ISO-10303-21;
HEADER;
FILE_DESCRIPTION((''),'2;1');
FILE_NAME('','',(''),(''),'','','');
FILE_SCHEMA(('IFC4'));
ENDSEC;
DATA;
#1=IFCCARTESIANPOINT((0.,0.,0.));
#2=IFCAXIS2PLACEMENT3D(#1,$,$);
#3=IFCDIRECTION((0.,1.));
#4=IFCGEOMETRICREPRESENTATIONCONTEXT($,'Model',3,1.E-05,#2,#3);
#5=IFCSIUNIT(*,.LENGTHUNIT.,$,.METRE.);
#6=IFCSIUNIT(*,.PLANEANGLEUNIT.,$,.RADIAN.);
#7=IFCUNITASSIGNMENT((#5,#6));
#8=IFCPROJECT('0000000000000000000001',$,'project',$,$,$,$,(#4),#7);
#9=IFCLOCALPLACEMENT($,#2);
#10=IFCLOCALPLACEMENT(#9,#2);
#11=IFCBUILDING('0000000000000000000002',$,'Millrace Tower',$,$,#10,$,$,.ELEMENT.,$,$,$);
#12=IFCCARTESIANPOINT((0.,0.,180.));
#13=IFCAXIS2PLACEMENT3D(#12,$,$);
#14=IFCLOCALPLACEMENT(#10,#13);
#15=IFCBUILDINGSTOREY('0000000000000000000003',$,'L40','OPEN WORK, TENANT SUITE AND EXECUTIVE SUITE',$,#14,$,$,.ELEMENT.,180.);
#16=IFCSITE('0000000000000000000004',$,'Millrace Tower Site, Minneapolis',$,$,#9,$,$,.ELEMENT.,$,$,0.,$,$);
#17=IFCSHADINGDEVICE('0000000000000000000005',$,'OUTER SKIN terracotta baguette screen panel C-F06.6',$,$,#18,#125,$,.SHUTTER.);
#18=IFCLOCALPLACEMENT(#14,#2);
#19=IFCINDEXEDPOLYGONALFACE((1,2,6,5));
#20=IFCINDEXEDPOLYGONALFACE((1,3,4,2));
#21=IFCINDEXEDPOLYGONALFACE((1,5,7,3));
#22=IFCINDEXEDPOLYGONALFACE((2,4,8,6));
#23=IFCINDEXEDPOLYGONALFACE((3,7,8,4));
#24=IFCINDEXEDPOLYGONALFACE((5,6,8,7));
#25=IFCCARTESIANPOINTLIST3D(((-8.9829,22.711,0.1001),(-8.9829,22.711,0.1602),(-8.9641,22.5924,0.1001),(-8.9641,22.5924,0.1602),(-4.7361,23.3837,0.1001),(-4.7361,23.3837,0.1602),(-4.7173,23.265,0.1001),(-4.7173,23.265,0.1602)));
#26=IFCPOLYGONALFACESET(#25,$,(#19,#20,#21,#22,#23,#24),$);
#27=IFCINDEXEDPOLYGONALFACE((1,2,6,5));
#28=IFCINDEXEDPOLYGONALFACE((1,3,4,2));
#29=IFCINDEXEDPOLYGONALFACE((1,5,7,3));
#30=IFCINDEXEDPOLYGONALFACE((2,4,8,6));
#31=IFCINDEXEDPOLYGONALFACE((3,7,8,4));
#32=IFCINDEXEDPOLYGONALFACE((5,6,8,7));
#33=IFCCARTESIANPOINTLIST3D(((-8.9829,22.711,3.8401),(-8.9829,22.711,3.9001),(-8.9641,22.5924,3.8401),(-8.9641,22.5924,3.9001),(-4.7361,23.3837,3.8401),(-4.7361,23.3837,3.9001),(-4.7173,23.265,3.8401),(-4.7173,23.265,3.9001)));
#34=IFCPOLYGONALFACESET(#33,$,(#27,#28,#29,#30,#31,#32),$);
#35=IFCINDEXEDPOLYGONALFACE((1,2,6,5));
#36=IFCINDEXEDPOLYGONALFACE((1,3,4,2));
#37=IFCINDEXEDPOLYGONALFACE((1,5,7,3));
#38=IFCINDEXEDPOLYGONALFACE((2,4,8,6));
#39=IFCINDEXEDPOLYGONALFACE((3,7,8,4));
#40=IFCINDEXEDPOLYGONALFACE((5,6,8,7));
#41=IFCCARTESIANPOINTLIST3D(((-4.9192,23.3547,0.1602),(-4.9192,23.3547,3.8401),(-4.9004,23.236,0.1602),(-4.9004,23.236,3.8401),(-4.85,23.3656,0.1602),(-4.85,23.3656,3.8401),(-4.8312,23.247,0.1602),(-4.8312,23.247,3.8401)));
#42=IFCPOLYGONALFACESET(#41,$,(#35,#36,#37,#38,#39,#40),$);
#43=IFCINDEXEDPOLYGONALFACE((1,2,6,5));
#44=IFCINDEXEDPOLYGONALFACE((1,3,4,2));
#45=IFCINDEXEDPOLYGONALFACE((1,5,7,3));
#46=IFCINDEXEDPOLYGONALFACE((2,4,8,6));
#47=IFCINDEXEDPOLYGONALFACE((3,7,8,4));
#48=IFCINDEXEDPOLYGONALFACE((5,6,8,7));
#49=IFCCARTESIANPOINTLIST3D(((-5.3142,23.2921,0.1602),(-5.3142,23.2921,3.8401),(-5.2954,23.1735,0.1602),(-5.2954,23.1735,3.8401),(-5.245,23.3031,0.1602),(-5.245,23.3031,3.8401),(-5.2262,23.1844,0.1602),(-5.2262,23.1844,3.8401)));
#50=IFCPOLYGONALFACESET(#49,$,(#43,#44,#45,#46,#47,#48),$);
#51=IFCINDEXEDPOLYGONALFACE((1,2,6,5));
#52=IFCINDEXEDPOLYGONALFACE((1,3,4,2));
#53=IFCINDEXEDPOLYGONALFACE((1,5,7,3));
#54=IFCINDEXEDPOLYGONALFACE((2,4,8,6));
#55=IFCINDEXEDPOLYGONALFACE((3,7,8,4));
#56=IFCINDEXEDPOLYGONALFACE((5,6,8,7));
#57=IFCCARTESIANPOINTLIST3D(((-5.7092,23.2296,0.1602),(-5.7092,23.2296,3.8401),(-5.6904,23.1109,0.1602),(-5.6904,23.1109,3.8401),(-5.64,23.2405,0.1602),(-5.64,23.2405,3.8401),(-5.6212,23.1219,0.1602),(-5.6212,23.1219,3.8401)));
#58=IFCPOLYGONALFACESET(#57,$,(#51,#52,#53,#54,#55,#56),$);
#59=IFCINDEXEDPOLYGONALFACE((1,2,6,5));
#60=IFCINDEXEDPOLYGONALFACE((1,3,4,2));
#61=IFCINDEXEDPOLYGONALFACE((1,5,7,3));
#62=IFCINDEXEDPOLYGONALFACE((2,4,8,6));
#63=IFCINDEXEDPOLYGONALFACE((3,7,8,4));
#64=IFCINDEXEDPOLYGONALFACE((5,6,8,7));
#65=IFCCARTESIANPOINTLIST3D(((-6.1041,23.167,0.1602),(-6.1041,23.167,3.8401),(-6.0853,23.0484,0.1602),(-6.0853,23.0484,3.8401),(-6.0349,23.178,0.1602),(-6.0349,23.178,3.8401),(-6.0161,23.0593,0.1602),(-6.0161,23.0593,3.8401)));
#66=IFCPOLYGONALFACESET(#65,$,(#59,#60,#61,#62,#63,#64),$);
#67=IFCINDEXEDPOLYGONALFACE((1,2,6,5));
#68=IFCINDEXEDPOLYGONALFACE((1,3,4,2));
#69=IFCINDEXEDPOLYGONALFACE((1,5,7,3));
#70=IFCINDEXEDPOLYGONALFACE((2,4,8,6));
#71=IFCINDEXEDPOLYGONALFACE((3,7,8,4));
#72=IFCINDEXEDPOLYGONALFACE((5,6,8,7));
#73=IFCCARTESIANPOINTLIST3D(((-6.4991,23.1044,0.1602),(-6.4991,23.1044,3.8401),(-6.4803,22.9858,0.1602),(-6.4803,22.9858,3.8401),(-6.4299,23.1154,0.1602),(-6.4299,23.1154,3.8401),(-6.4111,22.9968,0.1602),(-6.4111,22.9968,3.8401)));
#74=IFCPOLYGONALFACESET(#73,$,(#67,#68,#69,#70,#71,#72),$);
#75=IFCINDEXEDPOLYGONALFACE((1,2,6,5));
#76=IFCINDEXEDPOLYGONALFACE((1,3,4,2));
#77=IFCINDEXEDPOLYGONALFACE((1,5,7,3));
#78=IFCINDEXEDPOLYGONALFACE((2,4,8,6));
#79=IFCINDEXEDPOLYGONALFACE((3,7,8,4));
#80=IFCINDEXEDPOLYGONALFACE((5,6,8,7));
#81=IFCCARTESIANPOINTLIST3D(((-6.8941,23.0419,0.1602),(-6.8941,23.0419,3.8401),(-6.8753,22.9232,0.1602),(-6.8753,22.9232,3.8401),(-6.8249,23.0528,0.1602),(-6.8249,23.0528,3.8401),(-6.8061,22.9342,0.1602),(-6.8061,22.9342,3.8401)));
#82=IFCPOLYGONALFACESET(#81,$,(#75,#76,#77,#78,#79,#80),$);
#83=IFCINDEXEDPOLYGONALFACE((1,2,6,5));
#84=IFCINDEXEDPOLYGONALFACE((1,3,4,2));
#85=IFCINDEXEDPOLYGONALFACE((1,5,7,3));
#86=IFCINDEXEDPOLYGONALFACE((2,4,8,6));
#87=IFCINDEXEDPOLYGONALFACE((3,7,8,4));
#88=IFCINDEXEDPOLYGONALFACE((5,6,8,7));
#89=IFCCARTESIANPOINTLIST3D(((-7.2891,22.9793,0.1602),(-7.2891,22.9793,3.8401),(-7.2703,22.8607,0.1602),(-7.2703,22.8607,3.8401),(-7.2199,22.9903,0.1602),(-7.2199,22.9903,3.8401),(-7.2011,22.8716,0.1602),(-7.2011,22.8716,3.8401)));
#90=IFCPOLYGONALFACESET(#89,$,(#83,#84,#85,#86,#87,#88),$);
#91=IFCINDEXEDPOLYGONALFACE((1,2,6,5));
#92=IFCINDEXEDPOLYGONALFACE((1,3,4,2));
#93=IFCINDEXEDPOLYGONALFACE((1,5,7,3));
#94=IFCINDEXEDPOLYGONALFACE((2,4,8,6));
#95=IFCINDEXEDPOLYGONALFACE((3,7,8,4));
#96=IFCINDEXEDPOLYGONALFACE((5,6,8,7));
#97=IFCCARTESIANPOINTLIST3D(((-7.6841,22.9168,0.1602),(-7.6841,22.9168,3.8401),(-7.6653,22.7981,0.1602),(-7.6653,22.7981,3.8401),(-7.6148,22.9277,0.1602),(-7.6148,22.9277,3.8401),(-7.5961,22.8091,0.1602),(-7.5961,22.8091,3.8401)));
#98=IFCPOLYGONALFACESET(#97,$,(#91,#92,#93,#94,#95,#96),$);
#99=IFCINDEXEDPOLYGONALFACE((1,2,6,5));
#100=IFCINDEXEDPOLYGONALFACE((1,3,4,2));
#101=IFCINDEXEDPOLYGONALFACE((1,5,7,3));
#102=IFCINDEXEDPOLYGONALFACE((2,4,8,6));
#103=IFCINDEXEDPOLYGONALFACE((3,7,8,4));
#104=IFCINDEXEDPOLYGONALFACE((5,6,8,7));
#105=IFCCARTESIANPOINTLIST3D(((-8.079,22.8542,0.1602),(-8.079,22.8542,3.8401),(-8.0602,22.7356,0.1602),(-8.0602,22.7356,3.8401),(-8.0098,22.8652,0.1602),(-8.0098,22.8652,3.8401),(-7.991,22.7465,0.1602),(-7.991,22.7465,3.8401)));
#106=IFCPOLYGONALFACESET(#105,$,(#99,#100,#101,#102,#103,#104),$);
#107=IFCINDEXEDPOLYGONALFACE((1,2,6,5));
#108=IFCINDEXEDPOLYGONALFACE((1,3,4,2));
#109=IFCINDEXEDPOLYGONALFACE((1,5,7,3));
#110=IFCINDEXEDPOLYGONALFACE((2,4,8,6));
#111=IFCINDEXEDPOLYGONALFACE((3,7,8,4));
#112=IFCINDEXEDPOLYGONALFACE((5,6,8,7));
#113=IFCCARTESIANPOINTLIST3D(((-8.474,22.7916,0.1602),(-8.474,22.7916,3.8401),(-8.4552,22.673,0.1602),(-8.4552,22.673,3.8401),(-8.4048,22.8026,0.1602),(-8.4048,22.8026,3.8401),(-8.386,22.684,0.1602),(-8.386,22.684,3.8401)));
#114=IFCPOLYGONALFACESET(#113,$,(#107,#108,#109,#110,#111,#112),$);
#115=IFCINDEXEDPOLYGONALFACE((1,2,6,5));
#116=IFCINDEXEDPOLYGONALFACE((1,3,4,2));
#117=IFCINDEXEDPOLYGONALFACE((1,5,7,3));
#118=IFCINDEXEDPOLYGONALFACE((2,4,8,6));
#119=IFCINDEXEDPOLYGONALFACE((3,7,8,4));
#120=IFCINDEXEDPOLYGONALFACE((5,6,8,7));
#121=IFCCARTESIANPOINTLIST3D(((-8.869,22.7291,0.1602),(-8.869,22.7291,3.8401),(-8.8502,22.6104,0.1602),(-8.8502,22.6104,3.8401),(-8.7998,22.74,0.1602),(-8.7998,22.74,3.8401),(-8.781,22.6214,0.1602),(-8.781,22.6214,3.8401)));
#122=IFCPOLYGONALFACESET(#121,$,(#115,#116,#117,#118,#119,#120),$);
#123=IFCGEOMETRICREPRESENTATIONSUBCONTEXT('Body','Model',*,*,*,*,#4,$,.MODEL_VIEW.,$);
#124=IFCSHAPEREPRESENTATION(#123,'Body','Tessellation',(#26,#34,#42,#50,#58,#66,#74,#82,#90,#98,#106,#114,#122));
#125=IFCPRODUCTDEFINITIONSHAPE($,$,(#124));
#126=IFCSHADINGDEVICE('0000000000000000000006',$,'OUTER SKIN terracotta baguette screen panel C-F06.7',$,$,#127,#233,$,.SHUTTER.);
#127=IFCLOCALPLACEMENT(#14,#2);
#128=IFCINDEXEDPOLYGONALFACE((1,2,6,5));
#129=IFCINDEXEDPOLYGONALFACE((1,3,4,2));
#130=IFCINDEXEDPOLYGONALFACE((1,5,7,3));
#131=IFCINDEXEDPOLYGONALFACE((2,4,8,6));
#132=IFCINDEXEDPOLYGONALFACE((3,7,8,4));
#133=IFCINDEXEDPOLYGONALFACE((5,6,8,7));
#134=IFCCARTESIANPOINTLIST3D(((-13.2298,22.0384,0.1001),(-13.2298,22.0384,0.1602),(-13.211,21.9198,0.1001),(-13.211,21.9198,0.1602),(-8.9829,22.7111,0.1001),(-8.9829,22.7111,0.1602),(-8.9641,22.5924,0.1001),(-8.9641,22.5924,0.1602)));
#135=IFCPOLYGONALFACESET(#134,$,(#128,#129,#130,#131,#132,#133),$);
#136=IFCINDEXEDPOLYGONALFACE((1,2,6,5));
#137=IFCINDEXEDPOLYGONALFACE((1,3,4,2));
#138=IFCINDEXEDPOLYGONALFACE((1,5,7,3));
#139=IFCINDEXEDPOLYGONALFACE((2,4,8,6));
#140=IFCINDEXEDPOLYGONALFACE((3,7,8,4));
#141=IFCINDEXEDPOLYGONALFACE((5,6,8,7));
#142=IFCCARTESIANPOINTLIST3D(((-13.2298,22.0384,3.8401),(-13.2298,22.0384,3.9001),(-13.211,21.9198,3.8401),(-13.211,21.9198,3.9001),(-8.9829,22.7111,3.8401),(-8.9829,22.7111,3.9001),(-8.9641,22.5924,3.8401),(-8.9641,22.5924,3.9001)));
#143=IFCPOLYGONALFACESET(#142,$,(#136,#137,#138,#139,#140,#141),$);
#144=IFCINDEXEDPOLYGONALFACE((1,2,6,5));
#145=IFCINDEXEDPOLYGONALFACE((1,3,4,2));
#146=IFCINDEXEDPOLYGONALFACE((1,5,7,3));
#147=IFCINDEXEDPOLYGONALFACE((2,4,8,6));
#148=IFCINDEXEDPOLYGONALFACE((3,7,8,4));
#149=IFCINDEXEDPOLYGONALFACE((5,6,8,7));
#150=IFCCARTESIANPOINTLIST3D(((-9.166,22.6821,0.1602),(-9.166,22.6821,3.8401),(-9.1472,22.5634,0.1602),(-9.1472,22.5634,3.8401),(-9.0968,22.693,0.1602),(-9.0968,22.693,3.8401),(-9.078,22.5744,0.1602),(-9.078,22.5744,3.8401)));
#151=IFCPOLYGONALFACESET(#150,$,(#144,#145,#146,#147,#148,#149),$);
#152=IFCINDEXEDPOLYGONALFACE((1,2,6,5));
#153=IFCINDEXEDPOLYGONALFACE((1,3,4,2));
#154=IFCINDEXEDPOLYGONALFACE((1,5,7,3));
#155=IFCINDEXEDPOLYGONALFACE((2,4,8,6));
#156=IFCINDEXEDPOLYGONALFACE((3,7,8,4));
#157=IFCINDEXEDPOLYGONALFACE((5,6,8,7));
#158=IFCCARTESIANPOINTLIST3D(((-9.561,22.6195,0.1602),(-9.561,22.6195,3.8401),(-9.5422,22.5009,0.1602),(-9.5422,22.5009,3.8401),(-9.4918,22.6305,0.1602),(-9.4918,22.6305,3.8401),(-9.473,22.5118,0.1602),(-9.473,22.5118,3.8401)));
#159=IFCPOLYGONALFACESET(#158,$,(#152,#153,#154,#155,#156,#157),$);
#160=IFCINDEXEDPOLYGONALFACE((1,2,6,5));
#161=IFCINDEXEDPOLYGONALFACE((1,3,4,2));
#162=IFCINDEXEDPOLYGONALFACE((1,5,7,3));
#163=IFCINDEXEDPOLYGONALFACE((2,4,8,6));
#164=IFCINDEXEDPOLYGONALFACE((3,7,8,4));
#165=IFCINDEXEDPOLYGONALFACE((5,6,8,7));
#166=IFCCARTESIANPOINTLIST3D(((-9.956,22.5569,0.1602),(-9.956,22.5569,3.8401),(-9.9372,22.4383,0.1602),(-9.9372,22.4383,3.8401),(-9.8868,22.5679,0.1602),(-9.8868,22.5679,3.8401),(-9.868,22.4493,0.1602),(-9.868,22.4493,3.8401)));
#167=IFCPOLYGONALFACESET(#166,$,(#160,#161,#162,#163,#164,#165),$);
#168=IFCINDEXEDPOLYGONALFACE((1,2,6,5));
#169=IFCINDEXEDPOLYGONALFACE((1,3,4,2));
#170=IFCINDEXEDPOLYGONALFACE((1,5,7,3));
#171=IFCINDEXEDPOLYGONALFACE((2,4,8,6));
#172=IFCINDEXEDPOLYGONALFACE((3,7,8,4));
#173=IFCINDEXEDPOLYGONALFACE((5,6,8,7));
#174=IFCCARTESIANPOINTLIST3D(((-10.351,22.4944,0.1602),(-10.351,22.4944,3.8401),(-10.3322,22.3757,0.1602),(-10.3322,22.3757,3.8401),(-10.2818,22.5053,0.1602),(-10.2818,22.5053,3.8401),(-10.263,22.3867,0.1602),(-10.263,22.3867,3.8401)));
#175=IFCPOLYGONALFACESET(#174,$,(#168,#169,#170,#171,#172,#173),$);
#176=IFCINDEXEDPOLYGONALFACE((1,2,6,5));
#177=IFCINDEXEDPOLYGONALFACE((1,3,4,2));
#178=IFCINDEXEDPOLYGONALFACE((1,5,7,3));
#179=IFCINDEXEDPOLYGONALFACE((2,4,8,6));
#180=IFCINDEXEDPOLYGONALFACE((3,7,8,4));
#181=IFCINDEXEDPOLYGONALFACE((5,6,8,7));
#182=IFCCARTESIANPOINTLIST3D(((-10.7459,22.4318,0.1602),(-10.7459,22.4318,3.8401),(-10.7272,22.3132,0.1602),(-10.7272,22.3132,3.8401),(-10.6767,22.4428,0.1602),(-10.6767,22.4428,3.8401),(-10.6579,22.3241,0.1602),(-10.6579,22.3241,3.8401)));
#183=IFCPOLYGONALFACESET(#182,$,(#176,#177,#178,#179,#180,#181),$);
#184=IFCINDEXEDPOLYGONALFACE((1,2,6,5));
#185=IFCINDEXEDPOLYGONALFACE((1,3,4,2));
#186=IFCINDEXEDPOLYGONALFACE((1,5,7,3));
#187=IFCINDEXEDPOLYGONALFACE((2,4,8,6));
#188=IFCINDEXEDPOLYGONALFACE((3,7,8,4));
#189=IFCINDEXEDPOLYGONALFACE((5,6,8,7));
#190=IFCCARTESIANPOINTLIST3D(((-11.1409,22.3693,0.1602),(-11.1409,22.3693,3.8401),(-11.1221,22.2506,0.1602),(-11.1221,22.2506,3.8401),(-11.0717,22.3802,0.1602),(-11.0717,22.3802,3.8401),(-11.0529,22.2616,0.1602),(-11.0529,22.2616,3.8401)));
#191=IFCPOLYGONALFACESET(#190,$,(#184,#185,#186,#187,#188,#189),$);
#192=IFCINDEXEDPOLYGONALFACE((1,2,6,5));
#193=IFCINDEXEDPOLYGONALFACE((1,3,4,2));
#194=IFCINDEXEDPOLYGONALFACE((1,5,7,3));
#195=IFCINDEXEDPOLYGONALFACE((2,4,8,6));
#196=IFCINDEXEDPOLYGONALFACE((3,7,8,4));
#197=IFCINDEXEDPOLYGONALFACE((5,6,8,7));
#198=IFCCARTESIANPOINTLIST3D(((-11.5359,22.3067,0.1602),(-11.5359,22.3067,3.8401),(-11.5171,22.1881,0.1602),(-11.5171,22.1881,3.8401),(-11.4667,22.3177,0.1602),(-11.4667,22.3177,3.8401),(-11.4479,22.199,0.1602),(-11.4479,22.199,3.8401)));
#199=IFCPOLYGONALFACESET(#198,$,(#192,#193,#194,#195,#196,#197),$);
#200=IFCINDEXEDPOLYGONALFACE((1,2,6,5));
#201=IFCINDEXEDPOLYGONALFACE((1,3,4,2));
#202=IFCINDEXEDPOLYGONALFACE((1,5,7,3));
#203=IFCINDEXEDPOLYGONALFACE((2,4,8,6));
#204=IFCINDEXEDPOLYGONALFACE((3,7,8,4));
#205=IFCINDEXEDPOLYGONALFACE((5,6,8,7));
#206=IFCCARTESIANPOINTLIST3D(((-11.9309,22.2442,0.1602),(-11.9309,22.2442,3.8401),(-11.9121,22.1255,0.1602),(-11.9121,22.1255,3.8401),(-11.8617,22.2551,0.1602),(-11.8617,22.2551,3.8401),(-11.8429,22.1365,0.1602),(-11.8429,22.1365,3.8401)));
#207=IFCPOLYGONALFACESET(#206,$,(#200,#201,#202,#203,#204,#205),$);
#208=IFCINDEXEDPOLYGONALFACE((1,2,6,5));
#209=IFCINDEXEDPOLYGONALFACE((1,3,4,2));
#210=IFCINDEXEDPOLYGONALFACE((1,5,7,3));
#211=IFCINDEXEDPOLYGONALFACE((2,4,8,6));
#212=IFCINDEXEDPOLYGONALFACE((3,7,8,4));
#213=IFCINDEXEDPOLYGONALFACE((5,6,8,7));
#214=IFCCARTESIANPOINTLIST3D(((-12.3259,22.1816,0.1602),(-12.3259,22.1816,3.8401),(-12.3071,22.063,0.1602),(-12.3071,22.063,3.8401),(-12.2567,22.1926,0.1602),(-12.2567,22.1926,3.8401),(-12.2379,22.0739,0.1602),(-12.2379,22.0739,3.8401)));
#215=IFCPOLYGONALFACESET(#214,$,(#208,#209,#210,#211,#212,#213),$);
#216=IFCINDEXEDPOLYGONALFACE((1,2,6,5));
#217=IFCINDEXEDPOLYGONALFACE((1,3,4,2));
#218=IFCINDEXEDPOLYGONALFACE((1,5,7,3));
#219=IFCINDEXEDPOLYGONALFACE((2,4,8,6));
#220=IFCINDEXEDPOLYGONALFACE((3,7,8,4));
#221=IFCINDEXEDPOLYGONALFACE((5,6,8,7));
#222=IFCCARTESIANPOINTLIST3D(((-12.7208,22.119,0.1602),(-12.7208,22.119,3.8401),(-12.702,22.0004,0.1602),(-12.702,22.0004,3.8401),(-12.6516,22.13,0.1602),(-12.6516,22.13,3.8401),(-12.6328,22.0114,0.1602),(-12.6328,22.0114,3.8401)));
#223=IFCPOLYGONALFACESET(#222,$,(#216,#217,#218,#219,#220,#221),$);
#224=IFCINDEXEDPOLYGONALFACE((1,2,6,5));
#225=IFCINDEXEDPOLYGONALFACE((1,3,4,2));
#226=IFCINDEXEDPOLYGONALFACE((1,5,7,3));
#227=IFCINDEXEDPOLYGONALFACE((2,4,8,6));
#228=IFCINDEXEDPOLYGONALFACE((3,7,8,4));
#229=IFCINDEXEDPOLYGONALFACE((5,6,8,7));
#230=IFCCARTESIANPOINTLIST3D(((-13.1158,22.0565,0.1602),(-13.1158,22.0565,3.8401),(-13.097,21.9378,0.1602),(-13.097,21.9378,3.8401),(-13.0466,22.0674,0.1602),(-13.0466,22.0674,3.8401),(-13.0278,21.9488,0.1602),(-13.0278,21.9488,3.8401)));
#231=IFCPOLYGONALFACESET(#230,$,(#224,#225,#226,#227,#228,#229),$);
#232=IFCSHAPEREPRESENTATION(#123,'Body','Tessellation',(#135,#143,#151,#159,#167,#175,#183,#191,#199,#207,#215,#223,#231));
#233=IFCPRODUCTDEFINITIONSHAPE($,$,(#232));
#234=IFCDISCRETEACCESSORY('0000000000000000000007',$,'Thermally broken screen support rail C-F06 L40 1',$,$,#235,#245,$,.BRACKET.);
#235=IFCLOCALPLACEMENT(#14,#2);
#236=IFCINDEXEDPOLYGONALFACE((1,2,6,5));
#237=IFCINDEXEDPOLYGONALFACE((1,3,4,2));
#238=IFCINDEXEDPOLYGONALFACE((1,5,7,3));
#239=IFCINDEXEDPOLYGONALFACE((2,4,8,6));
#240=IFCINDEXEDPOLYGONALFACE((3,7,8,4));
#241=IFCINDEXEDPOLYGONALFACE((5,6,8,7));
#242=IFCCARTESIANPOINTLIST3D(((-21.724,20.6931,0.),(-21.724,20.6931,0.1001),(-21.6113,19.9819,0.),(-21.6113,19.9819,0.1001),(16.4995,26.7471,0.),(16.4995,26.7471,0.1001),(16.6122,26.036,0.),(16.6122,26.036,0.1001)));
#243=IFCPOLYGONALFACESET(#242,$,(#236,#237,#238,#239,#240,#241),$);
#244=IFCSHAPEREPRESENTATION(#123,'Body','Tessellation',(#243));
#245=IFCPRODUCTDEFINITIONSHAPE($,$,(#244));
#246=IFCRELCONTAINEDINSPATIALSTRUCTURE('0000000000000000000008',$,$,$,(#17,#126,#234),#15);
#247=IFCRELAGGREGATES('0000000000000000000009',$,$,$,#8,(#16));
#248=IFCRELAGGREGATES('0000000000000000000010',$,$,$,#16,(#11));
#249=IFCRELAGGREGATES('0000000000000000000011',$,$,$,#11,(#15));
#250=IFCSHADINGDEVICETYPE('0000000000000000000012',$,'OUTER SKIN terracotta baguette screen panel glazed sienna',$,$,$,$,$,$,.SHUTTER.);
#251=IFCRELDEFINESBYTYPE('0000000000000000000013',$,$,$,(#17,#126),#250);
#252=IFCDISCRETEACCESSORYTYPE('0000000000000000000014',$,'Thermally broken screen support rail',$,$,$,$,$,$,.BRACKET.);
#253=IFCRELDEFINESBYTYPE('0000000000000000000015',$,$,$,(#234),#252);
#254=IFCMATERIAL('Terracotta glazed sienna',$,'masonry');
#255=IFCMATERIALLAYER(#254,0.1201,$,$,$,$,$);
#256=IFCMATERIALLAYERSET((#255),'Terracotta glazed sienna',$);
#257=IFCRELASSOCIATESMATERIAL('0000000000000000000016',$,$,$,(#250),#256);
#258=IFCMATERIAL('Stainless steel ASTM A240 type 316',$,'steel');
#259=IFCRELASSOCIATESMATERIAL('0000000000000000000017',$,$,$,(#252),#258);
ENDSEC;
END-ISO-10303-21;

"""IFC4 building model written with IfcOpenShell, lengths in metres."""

from ifc_helpers import new_model, entity, si_unit, direction, frame, frame_2d, origin, origin_2d, place, context, subcontext, project, spatial, rectangle, extrude, source, transform, mapped, material, layer, layer_set, type_object, element, save


model = new_model("IFC4")

# Units and contexts
model_context = context("Model", 3, precision=1e-05, world=origin(), true_north=direction((0.0, 1.0)))
body_context = subcontext(model_context, "Body", "Model", "MODEL_VIEW")
ifc_project = project(units=[si_unit("LENGTHUNIT", "METRE"), si_unit("PLANEANGLEUNIT", "RADIAN")], contexts=[model_context])

# Site, building, storey
site_placement = place(None, origin())
site = spatial("IfcSite", under=ifc_project, at=site_placement, Name="Millrace Tower Site, Minneapolis", CompositionType="ELEMENT", RefElevation=0.0)
building_placement = place(site_placement, origin())
building = spatial("IfcBuilding", under=site, at=building_placement, Name="Millrace Tower", CompositionType="ELEMENT")
storey_placement = place(building_placement, frame((0.0, 0.0, 180.0)))
storey = spatial("IfcBuildingStorey", under=building, at=storey_placement, Name="L40", Description="OPEN WORK, TENANT SUITE AND EXECUTIVE SUITE", CompositionType="ELEMENT", Elevation=180.0)

# Shading devices
ifc_material_1 = material(Name="Terracotta glazed sienna", Category="masonry")
ifc_layer_1 = layer(ifc_material_1, 0.1201)
ifc_layer_set_1 = layer_set([ifc_layer_1], Name="Terracotta glazed sienna")
shading_device_type = type_object("IfcShadingDeviceType", Name="OUTER SKIN terracotta baguette screen panel glazed sienna", PredefinedType="SHUTTER", material=ifc_layer_set_1)
cartesian_point = entity("IfcCartesianPoint", [-2.1499, 0.0601])
shared_polyline = entity("IfcPolyline", [cartesian_point, entity("IfcCartesianPoint", [2.1499, 0.0601]), entity("IfcCartesianPoint", [2.1499, -0.0601]), entity("IfcCartesianPoint", [-2.1499, -0.0601]), cartesian_point])
shared_shape = source(origin(), body_context, "Body", "SweptSolid", [
    entity("IfcExtrudedAreaSolid", entity("IfcArbitraryClosedProfileDef", "AREA", None, shared_polyline), entity("IfcAxis2Placement3D", entity("IfcCartesianPoint", [0.0, 0.0, 0.0])), entity("IfcDirection", [0.0, 0.0, 1.0]), 0.0601),
    entity("IfcExtrudedAreaSolid", entity("IfcArbitraryClosedProfileDef", "AREA", None, shared_polyline), entity("IfcAxis2Placement3D", entity("IfcCartesianPoint", [0.0, 0.0, 3.74])), entity("IfcDirection", [0.0, 0.0, 1.0]), 0.0601),
    extrude(rectangle(XDim=0.0701, YDim=0.1201, at=frame_2d((-1.9995, 0.0))), frame((0.0, 0.0, 0.0601)), (0.0, 0.0, 1.0), 3.6799),
    extrude(rectangle(XDim=0.0701, YDim=0.1201, at=frame_2d((-1.5996, 0.0))), frame((0.0, 0.0, 0.0601)), (0.0, 0.0, 1.0), 3.6799),
    extrude(rectangle(XDim=0.0701, YDim=0.1201, at=frame_2d((-1.1997, 0.0))), frame((0.0, 0.0, 0.0601)), (0.0, 0.0, 1.0), 3.6799),
    extrude(rectangle(XDim=0.0701, YDim=0.1201, at=frame_2d((-0.7998, 0.0))), frame((0.0, 0.0, 0.0601)), (0.0, 0.0, 1.0), 3.6799),
    extrude(rectangle(XDim=0.0701, YDim=0.1201, at=frame_2d((-0.3999, 0.0))), frame((0.0, 0.0, 0.0601)), (0.0, 0.0, 1.0), 3.6799),
    extrude(rectangle(XDim=0.0701, YDim=0.1201, at=origin_2d()), frame((0.0, 0.0, 0.0601)), (0.0, 0.0, 1.0), 3.6799),
    extrude(rectangle(XDim=0.0701, YDim=0.1201, at=frame_2d((0.3999, 0.0))), frame((0.0, 0.0, 0.0601)), (0.0, 0.0, 1.0), 3.6799),
    extrude(rectangle(XDim=0.0701, YDim=0.1201, at=frame_2d((0.7998, 0.0))), frame((0.0, 0.0, 0.0601)), (0.0, 0.0, 1.0), 3.6799),
    extrude(rectangle(XDim=0.0701, YDim=0.1201, at=frame_2d((1.1997, 0.0))), frame((0.0, 0.0, 0.0601)), (0.0, 0.0, 1.0), 3.6799),
    extrude(rectangle(XDim=0.0701, YDim=0.1201, at=frame_2d((1.5996, 0.0))), frame((0.0, 0.0, 0.0601)), (0.0, 0.0, 1.0), 3.6799),
    extrude(rectangle(XDim=0.0701, YDim=0.1201, at=frame_2d((1.9995, 0.0))), frame((0.0, 0.0, 0.0601)), (0.0, 0.0, 1.0), 3.6799),
])
for number, where, z_axis, x_axis, name in (
    (1, (-6.8501, 22.988, 0.1001), (0.0, 0.0, 1.0), (-0.987688, -0.156434, 0.0), "OUTER SKIN terracotta baguette screen panel C-F06.6"),
    (2, (-11.0969, 22.3154, 0.1001), (0.0, 0.0, 1.0), (-0.987688, -0.156434, 0.0), "OUTER SKIN terracotta baguette screen panel C-F06.7"),
):
    element("IfcShadingDevice", number, at=place(storey_placement, frame(where, z_axis=z_axis, x_axis=x_axis)), inside=storey, type_object=shading_device_type, Name=name, PredefinedType="SHUTTER", context=body_context, shape_type="MappedRepresentation", body=[
        mapped(shared_shape, transform((0.0, 0.0, 0.0), scale=1.0)),
    ])

# Discrete accessory
ifc_material_2 = material(Name="Stainless steel ASTM A240 type 316", Category="steel")
discrete_accessory_type = type_object("IfcDiscreteAccessoryType", Name="Thermally broken screen support rail", PredefinedType="BRACKET", material=ifc_material_2)
discrete_accessory_placement = place(storey_placement, frame((-2.5559, 23.3645, 0.0), z_axis=(0.0, 0.0, 1.0), x_axis=(-0.987688, -0.156434, 0.0)))
element("IfcDiscreteAccessory", 3, at=discrete_accessory_placement, inside=storey, type_object=discrete_accessory_type, Name="Thermally broken screen support rail C-F06 L40 1", PredefinedType="BRACKET", context=body_context, shape_type="SweptSolid", body=[
    extrude(rectangle(XDim=38.7, YDim=0.72, at=origin_2d()), origin(), (0.0, 0.0, 1.0), 0.1001),
])

save(model, "model.ifc")
